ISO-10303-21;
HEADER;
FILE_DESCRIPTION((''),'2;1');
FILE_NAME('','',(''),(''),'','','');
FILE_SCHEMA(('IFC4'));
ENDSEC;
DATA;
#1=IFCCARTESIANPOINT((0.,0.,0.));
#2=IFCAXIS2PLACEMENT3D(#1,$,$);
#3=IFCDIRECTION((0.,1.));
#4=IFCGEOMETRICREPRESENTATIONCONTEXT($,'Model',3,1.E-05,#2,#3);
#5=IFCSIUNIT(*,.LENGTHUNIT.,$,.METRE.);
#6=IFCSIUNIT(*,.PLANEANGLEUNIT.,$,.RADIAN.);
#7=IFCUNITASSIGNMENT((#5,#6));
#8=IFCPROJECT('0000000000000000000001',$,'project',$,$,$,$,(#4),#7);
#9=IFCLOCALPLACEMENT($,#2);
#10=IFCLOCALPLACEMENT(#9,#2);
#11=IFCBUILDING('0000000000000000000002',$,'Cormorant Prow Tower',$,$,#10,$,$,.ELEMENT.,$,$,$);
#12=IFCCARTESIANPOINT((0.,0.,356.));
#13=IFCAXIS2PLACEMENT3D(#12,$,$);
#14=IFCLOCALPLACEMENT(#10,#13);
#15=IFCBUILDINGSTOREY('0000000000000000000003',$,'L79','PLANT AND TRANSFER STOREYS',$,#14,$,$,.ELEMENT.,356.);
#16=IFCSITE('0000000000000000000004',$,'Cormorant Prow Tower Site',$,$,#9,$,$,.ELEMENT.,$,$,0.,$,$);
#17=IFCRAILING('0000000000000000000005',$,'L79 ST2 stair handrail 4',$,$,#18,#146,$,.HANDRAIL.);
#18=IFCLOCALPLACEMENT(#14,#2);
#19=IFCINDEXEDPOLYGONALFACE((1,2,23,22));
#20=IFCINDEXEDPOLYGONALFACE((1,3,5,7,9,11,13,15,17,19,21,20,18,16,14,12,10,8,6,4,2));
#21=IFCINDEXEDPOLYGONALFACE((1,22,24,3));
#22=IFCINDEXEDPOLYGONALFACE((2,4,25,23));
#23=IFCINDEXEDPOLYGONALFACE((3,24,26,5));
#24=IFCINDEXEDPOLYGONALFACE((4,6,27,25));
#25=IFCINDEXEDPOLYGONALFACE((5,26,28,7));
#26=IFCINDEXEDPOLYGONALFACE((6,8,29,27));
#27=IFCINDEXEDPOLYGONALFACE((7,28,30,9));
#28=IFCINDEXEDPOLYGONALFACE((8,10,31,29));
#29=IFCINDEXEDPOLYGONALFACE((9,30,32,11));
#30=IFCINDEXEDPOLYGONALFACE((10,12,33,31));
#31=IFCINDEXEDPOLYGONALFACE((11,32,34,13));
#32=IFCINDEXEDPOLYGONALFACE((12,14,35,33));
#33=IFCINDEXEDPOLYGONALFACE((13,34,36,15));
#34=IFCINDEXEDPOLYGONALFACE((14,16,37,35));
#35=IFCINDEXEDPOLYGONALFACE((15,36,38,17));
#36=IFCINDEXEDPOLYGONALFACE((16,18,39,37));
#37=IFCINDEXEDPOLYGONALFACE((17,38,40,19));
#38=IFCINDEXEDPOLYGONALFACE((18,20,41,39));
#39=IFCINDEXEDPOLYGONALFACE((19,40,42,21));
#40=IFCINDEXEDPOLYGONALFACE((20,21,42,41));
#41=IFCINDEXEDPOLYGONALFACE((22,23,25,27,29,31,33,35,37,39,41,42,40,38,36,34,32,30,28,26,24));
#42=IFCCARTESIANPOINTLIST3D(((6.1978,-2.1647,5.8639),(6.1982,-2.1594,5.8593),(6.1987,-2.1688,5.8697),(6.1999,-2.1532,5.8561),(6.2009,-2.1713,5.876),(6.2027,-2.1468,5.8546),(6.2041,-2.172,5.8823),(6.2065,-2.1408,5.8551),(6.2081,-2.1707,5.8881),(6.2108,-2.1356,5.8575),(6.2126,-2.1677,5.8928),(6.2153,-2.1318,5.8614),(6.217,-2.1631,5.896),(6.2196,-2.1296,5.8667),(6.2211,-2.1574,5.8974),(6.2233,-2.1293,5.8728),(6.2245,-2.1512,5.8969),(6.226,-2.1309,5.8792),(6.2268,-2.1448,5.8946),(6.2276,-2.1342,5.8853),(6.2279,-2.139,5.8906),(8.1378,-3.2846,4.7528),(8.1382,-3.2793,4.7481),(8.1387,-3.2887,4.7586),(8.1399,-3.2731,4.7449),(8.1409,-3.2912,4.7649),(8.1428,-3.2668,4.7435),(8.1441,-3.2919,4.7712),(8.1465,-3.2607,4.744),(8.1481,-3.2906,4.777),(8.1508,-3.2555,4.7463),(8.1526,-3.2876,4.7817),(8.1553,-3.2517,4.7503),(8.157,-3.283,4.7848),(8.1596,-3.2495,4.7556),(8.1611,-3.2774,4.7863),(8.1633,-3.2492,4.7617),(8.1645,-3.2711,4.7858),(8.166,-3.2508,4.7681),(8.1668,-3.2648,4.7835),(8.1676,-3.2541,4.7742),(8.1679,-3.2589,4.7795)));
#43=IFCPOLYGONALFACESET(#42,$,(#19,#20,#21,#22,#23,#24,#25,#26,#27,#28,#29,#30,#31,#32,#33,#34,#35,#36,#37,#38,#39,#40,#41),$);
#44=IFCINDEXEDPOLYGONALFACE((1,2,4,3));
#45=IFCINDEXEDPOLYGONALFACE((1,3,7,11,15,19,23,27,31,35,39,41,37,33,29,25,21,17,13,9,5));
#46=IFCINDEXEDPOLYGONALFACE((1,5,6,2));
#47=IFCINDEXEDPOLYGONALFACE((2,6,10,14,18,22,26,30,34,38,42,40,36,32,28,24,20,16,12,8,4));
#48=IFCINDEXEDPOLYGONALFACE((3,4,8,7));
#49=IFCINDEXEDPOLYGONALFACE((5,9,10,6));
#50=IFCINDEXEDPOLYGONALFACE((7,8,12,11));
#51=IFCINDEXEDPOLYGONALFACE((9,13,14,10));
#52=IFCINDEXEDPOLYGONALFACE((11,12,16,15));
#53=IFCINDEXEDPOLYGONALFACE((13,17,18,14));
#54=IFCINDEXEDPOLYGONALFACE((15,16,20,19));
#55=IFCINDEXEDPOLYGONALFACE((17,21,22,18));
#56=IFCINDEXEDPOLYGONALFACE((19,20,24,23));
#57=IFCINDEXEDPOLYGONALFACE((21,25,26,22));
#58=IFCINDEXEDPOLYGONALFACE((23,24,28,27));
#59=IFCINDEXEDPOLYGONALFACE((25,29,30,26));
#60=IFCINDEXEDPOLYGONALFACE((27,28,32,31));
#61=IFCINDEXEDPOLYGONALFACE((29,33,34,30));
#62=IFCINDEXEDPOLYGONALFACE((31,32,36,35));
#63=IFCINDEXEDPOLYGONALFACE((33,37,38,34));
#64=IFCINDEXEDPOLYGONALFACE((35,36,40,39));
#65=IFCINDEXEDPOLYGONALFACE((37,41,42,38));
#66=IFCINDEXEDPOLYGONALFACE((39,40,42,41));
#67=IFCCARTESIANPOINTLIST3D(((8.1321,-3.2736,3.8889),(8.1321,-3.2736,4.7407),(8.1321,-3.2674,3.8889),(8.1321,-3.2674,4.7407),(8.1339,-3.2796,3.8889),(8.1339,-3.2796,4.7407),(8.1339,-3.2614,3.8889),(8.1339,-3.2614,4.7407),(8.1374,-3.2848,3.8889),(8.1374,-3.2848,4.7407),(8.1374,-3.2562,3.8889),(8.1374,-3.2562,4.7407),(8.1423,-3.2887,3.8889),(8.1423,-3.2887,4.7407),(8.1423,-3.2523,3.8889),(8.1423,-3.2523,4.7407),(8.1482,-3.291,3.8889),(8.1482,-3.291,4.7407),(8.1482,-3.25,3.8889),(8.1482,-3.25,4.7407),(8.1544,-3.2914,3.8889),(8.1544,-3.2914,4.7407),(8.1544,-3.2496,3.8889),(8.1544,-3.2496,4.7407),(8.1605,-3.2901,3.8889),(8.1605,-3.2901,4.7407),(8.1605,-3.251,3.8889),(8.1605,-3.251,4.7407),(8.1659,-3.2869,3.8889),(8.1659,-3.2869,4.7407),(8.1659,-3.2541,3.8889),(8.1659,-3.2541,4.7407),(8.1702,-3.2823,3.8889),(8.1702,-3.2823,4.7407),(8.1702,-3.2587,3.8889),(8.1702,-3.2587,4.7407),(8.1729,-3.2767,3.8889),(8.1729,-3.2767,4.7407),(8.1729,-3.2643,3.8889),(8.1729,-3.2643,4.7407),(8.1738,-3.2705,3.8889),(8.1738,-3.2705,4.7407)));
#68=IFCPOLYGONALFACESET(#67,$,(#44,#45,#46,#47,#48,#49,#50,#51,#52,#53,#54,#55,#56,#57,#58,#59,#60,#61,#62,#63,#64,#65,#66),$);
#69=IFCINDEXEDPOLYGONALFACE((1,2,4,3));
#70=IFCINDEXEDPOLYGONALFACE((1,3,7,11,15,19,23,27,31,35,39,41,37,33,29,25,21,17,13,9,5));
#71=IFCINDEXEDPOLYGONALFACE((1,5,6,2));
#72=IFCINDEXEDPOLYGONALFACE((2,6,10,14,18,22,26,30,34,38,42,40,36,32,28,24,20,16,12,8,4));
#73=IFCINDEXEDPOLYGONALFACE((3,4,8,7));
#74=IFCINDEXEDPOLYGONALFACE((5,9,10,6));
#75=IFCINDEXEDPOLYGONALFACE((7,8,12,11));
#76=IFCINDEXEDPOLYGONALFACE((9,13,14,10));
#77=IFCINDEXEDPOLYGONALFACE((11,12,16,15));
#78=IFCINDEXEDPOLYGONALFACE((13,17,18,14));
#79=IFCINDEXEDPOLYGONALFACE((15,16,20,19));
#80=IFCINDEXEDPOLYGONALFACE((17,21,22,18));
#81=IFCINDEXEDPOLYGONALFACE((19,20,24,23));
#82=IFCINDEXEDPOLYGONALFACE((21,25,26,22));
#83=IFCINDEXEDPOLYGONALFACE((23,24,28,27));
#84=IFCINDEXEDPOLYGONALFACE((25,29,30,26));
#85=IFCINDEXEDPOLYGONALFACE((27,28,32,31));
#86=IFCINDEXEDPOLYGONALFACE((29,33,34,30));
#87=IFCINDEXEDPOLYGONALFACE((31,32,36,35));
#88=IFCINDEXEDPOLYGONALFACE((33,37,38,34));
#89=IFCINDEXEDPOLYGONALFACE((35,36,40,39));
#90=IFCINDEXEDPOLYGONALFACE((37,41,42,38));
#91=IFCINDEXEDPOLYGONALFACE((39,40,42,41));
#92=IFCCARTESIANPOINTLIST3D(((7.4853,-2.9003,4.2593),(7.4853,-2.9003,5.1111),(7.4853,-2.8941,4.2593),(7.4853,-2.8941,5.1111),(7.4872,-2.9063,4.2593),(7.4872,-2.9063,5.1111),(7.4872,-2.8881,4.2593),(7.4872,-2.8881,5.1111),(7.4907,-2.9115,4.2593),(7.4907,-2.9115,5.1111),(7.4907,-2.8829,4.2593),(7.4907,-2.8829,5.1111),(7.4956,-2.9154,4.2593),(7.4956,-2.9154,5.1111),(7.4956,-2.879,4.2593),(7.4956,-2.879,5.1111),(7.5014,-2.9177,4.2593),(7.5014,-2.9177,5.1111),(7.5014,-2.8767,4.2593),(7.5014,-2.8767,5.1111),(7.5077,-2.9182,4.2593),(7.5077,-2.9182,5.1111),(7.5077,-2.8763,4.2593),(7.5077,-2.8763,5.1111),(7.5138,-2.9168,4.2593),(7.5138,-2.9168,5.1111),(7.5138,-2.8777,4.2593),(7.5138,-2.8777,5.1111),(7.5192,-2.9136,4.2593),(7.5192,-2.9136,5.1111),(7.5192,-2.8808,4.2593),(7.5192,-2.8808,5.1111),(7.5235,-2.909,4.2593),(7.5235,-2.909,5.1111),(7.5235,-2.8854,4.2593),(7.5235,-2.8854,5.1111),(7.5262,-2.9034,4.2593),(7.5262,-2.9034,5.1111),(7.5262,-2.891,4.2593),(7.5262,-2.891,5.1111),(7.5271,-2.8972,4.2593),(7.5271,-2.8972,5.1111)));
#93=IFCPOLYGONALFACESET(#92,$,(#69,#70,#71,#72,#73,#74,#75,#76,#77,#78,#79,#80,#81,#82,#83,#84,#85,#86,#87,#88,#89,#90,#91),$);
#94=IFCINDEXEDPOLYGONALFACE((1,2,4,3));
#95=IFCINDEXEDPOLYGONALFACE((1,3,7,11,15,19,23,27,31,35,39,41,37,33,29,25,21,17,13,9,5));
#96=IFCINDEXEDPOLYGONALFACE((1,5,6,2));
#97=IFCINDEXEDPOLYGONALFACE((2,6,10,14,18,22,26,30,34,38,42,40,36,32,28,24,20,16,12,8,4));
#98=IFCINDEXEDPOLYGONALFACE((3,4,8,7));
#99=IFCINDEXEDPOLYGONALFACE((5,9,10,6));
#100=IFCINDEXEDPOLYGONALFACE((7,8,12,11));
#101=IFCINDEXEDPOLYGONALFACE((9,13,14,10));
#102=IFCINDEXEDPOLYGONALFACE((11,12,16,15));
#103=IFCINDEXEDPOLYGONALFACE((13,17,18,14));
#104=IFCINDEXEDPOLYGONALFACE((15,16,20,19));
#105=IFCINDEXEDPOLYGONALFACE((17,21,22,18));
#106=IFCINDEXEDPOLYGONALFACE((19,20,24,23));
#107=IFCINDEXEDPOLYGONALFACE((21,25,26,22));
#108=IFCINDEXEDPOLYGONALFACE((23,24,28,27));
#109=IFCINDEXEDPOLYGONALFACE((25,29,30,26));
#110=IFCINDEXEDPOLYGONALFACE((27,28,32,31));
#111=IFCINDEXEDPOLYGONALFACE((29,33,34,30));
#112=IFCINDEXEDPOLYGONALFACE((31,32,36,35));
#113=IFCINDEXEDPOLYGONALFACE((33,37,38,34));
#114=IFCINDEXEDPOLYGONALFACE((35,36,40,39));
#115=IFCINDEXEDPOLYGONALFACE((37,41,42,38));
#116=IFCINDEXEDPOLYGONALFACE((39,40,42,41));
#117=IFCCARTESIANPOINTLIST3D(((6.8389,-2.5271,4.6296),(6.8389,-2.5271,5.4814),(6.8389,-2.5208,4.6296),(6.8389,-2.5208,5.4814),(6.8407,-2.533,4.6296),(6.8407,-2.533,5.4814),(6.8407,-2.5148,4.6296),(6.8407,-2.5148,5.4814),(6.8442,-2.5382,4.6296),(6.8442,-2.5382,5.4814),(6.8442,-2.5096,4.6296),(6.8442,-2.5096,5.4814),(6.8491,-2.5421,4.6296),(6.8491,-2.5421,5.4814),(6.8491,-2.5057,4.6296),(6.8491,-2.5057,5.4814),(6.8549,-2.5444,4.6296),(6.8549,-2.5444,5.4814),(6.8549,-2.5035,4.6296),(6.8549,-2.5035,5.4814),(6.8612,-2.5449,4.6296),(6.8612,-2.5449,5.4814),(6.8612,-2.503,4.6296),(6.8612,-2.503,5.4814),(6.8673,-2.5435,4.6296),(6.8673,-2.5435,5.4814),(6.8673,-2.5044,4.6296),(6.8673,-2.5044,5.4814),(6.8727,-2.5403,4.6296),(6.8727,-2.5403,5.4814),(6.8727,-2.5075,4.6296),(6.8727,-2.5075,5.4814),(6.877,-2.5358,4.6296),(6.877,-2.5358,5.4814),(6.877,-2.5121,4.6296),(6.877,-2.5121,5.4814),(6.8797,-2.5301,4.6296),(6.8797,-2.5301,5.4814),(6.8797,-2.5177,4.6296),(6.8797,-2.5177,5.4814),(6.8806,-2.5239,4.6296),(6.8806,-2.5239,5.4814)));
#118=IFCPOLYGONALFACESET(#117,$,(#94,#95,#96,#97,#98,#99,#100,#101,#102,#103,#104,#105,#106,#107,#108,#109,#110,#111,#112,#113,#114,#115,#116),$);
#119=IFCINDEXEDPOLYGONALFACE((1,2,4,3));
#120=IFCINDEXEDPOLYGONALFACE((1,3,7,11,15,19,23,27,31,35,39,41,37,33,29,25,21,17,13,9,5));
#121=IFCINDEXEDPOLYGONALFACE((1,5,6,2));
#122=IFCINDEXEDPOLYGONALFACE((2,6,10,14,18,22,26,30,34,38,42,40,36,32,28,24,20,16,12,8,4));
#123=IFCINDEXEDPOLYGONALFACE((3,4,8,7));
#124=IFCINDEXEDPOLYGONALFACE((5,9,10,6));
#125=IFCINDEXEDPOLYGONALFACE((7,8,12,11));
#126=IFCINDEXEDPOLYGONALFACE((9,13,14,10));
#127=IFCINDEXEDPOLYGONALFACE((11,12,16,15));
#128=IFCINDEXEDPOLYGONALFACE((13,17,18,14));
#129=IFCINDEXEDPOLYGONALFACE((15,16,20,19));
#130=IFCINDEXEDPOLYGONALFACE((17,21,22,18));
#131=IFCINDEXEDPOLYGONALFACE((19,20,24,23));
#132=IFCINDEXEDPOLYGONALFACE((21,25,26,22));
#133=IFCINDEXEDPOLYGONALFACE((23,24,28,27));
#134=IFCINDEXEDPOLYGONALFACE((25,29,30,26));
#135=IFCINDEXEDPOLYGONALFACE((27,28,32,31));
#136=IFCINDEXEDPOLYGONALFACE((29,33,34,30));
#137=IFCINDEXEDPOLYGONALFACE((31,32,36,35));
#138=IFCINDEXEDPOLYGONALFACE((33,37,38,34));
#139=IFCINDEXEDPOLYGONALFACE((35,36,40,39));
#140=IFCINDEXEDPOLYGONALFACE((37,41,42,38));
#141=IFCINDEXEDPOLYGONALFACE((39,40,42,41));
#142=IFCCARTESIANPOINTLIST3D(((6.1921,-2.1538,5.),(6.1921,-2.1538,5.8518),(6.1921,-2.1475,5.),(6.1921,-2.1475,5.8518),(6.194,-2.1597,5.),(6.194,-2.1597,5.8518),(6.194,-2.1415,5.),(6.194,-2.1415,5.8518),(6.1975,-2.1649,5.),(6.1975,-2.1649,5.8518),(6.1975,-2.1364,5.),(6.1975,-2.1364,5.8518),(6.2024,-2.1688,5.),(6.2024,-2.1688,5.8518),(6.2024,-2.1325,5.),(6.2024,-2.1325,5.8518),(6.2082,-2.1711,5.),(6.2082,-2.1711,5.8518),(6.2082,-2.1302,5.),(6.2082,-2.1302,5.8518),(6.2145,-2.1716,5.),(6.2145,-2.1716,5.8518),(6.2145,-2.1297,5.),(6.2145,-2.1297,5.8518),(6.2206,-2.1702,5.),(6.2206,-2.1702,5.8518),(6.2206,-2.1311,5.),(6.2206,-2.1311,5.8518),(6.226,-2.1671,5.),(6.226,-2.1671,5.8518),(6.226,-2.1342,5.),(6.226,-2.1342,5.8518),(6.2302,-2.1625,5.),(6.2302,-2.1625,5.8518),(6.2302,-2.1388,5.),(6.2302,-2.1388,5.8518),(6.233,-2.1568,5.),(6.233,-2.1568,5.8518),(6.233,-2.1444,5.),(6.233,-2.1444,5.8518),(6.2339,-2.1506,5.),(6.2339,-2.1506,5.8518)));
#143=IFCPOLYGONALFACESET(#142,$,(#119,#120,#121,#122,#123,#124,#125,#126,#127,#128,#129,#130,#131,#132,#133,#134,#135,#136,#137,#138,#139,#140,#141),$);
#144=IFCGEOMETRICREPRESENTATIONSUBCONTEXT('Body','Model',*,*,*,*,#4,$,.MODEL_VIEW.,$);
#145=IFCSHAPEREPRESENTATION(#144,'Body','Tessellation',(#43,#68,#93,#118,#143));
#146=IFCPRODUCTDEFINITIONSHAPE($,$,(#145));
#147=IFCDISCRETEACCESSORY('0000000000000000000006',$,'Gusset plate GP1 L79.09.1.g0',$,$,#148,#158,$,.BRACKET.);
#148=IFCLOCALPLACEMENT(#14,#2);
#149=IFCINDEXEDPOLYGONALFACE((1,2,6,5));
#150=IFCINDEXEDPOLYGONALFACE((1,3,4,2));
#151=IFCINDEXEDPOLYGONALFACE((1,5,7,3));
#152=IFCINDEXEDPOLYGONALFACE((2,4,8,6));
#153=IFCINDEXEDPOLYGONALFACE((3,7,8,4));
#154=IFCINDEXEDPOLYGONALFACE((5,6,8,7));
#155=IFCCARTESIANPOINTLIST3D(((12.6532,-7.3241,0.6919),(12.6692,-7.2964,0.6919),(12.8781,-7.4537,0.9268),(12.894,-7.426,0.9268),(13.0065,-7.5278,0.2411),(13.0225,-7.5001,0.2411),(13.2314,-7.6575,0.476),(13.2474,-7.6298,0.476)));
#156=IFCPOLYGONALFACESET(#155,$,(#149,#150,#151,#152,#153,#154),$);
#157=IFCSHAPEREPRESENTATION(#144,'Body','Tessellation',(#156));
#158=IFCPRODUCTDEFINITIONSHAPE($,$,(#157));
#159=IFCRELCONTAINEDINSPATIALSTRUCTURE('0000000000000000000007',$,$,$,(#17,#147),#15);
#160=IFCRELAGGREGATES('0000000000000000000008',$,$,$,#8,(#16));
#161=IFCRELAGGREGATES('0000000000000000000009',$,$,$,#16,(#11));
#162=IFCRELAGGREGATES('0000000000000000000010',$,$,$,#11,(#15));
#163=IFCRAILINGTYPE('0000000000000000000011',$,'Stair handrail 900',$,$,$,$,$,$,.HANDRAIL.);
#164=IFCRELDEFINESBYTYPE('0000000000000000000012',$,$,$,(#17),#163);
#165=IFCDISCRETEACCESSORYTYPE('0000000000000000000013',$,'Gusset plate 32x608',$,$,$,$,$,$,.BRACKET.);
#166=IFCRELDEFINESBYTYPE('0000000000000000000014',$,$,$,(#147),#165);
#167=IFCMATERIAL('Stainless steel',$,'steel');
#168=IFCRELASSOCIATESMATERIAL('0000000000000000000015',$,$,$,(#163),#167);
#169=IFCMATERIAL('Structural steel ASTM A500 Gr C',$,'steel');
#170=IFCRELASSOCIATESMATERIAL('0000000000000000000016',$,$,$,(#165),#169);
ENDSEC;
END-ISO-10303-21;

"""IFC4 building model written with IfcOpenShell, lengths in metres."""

from ifc_helpers import new_model, si_unit, direction, frame, origin, origin_2d, place, context, subcontext, project, spatial, rectangle, circle, extrude, material, material_profile, profile_set, type_object, element, save


model = new_model("IFC4")

# Units and contexts
model_context = context("Model", 3, precision=1e-05, world=origin(), true_north=direction((0.0, 1.0)))
body_context = subcontext(model_context, "Body", "Model", "MODEL_VIEW")
ifc_project = project(units=[si_unit("LENGTHUNIT", "METRE"), si_unit("PLANEANGLEUNIT", "RADIAN")], contexts=[model_context])

# Site, building, storey
site_placement = place(None, origin())
site = spatial("IfcSite", under=ifc_project, at=site_placement, Name="Cormorant Prow Tower Site", CompositionType="ELEMENT", RefElevation=0.0)
building_placement = place(site_placement, origin())
building = spatial("IfcBuilding", under=site, at=building_placement, Name="Cormorant Prow Tower", CompositionType="ELEMENT")
storey_placement = place(building_placement, frame((0.0, 0.0, 356.0)))
storey = spatial("IfcBuildingStorey", under=building, at=storey_placement, Name="L79", Description="PLANT AND TRANSFER STOREYS", CompositionType="ELEMENT", Elevation=356.0)

# Railing
ifc_material_1 = material(Name="Stainless steel", Category="steel")
railing_type_1 = type_object("IfcRailingType", Name="Stair handrail 900", PredefinedType="HANDRAIL", material=ifc_material_1)
railing_1_placement = place(storey_placement, frame((8.1528, -3.2705, 3.8889)))
element("IfcRailing", 1, at=railing_1_placement, inside=storey, type_object=railing_type_1, Name="L79 ST2 stair handrail 4", PredefinedType="HANDRAIL", context=body_context, shape_type="SweptSolid", body=[
    extrude(circle(Radius=0.0239, at=origin_2d()), frame((0.0, 0.0, 0.876), z_axis=(-0.775853, 0.447878, 0.444363), x_axis=(-0.499949, -0.866055, 0.0)), (0.0, 0.0, 1.0), 2.5005),
    extrude(circle(Radius=0.021, at=origin_2d()), origin(), (0.0, 0.0, 1.0), 0.8518),
    extrude(circle(Radius=0.021, at=origin_2d()), frame((-0.6467, 0.3733, 0.3704)), (0.0, 0.0, 1.0), 0.8518),
    extrude(circle(Radius=0.021, at=origin_2d()), frame((-1.2932, 0.7466, 0.7407)), (0.0, 0.0, 1.0), 0.8518),
    extrude(circle(Radius=0.021, at=origin_2d()), frame((-1.9399, 1.1199, 1.1111)), (0.0, 0.0, 1.0), 0.8518),
])

# Discrete accessory
ifc_material_2 = material(Name="Structural steel ASTM A500 Gr C", Category="steel")
ifc_material_profile_1 = material_profile(ifc_material_2, rectangle(XDim=0.032, YDim=0.6079, at=origin_2d()), Name="Gusset plate 32x608")
ifc_profile_set_1 = profile_set([ifc_material_profile_1], Name="Structural steel ASTM A500 Gr C")
discrete_accessory_type = type_object("IfcDiscreteAccessoryType", Name="Gusset plate 32x608", PredefinedType="BRACKET", material=ifc_profile_set_1)
discrete_accessory_placement = place(storey_placement, frame((13.0627, -7.5417, 0.7014), z_axis=(-0.64237, 0.370357, -0.670967), x_axis=(-0.499478, -0.866326, 0.0)))
element("IfcDiscreteAccessory", 2, at=discrete_accessory_placement, inside=storey, type_object=discrete_accessory_type, Name="Gusset plate GP1 L79.09.1.g0", PredefinedType="BRACKET", context=body_context, shape_type="SweptSolid", body=[
    extrude(rectangle(XDim=0.032, YDim=0.6079, at=origin_2d()), origin(), (0.0, 0.0, 1.0), 0.3501),
])

save(model, "model.ifc")
